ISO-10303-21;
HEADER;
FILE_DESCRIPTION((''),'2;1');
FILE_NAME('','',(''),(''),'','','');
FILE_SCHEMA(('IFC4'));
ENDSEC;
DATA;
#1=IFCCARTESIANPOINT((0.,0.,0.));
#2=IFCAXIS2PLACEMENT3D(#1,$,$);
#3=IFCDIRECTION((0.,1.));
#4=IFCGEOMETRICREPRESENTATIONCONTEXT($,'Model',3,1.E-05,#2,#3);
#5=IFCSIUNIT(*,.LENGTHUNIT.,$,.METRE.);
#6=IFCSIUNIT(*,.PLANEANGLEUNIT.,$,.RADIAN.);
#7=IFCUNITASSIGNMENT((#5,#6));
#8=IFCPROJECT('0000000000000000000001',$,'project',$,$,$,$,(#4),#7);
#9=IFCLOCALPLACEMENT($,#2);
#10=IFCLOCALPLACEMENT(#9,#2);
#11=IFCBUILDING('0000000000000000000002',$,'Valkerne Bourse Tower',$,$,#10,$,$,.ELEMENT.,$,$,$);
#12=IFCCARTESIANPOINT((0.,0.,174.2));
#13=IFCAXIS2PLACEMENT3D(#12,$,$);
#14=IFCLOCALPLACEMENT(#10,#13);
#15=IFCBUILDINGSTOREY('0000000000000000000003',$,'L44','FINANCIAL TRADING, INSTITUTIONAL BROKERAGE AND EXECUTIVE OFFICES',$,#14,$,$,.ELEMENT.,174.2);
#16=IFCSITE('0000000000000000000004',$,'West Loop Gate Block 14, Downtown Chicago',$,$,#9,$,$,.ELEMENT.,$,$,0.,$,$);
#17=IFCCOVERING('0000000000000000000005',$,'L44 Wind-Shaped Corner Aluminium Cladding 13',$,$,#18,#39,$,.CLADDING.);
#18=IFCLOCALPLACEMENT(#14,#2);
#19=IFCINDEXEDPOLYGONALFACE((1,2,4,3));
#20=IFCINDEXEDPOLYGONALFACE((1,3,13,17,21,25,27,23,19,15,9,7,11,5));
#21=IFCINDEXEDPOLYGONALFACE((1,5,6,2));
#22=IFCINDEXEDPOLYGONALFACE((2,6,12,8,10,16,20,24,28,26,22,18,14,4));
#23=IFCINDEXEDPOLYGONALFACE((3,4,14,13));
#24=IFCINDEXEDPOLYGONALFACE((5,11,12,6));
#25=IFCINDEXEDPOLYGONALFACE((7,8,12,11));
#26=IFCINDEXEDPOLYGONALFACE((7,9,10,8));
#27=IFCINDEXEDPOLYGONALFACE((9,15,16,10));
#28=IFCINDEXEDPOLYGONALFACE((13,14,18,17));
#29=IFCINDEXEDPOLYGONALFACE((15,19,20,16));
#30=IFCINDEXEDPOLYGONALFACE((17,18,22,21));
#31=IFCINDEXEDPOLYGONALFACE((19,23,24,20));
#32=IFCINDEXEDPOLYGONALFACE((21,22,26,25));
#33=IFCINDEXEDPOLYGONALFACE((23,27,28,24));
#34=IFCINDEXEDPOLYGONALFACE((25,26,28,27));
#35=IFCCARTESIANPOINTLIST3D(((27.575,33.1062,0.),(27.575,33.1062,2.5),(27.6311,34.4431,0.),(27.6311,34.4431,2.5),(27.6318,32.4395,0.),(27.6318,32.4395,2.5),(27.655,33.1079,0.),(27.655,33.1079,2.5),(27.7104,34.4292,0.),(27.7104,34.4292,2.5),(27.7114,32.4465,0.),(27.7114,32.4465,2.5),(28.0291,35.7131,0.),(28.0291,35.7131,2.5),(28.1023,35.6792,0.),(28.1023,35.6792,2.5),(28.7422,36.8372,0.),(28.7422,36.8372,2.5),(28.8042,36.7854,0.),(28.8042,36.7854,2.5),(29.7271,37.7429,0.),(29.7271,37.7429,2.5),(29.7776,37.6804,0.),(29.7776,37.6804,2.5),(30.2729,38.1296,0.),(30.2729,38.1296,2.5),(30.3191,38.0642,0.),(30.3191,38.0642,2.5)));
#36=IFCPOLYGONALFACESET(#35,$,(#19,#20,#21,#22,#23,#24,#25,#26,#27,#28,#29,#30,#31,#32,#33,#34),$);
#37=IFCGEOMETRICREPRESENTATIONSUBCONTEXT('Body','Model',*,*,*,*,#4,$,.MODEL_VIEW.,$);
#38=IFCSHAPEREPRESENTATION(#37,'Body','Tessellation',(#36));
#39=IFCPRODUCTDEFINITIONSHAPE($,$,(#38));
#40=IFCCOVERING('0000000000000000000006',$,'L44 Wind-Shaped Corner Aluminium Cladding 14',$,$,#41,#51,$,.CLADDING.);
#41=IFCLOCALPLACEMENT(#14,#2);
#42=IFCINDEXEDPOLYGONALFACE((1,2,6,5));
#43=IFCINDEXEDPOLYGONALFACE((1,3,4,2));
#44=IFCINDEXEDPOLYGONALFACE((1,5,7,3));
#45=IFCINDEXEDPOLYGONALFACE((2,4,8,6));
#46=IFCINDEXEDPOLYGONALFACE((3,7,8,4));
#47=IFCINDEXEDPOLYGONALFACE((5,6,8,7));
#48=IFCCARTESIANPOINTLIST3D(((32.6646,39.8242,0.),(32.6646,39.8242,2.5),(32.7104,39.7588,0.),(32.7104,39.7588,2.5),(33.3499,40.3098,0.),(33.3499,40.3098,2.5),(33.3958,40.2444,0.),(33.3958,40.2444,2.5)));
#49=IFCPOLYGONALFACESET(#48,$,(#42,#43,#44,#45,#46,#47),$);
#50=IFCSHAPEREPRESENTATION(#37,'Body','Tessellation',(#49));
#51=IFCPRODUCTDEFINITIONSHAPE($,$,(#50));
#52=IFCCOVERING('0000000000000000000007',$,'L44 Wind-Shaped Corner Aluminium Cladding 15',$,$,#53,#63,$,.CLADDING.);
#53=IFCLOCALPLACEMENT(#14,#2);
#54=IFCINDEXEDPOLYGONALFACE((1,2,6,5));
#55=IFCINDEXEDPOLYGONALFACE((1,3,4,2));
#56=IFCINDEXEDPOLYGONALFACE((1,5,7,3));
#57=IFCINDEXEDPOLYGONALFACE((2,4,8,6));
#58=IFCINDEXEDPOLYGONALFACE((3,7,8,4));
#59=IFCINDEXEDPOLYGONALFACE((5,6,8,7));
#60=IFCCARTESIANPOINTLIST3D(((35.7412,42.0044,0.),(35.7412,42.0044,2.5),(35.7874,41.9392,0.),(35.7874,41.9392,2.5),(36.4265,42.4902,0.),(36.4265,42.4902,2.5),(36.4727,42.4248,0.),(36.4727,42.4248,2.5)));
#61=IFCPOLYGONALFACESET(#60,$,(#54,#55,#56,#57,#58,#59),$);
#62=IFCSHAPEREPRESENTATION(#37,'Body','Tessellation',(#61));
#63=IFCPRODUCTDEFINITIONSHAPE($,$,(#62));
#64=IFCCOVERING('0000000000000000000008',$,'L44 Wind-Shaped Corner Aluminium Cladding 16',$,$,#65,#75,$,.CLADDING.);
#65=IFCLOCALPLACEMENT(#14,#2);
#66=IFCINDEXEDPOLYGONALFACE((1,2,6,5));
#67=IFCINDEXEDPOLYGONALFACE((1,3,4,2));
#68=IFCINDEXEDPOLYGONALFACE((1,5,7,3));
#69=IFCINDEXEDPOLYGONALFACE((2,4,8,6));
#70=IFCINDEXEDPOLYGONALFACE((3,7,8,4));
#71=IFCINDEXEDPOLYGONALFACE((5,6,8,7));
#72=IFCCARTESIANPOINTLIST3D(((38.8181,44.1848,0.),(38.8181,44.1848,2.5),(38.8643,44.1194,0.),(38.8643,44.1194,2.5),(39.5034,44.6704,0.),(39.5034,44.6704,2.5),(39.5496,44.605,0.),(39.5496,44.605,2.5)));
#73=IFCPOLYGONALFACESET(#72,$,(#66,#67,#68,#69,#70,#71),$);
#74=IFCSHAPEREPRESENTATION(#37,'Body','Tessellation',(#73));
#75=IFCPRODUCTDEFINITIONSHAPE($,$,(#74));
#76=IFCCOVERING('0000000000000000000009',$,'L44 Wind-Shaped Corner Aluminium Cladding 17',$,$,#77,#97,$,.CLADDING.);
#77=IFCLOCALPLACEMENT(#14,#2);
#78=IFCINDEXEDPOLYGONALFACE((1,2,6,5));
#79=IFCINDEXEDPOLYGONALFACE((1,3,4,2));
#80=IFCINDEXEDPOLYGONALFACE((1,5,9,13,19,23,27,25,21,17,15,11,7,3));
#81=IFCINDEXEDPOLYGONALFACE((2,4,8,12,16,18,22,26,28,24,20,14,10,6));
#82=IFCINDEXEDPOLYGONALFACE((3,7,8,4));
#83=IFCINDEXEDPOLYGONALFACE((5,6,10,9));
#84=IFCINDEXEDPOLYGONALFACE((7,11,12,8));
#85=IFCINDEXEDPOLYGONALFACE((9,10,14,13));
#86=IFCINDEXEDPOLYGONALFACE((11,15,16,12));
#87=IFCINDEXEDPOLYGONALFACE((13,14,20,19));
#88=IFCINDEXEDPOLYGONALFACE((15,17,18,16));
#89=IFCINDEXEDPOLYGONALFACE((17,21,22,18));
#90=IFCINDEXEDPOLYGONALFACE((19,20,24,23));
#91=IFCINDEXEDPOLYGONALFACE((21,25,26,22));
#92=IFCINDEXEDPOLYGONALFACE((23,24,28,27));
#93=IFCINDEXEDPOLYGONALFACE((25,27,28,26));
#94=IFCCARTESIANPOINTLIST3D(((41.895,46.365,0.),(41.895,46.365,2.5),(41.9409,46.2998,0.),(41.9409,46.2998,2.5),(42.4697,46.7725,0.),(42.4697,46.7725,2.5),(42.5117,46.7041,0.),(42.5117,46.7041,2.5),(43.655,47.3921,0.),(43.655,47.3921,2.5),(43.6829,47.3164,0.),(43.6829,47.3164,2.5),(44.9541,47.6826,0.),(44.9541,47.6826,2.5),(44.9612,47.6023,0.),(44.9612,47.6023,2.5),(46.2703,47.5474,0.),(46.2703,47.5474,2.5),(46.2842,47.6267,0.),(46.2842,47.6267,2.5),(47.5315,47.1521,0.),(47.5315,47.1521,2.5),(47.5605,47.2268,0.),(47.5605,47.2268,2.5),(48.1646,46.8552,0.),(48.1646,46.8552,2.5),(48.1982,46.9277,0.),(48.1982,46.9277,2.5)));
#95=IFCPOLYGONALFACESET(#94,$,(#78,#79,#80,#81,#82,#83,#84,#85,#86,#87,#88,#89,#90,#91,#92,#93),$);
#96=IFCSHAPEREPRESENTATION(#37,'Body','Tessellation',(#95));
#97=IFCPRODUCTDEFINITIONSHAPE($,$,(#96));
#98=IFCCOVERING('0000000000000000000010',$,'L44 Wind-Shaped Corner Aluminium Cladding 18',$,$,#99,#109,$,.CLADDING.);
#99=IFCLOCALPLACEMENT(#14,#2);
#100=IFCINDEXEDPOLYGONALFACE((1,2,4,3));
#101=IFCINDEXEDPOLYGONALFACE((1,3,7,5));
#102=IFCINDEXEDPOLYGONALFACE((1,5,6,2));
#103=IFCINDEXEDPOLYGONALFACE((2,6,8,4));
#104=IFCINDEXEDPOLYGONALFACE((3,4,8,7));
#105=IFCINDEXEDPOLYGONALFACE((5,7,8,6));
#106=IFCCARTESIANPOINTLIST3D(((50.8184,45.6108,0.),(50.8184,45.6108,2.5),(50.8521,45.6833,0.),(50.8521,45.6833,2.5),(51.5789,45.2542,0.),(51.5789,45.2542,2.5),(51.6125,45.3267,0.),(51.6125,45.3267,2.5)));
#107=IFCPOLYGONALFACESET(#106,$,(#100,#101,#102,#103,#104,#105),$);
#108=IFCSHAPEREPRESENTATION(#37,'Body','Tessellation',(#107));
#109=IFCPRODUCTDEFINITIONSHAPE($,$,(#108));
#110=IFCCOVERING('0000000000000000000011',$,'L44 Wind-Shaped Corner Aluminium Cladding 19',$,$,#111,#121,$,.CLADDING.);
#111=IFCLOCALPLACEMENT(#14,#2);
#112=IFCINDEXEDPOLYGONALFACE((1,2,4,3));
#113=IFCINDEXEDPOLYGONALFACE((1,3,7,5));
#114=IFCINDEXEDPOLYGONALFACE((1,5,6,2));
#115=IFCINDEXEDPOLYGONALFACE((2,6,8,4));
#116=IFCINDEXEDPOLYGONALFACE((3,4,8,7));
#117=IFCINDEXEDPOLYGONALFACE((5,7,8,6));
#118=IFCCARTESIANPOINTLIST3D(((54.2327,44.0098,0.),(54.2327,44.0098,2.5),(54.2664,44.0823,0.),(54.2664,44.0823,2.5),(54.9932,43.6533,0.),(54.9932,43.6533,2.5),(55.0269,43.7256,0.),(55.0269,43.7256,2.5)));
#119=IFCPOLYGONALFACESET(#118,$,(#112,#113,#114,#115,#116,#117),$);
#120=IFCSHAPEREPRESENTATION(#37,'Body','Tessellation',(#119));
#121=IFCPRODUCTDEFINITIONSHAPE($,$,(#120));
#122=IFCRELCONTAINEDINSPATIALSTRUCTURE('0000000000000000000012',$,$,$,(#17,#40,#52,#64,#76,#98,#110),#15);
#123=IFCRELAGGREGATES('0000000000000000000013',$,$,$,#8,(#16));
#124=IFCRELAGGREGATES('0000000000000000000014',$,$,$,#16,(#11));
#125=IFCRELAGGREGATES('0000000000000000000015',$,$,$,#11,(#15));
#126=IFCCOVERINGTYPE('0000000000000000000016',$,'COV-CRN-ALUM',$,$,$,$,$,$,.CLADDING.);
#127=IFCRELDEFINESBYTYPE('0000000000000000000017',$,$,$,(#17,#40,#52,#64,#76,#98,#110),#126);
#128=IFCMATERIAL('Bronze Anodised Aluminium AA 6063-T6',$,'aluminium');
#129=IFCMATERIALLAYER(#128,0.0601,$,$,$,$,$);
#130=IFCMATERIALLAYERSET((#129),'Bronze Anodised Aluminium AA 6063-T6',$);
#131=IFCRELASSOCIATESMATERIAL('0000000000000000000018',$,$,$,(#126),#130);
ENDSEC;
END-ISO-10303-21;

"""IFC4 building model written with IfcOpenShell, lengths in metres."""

from ifc_helpers import new_model, si_unit, direction, frame, origin, place, context, subcontext, project, spatial, polyline, outline, extrude, material, layer, layer_set, type_object, element, save


model = new_model("IFC4")

# Units and contexts
model_context = context("Model", 3, precision=1e-05, world=origin(), true_north=direction((0.0, 1.0)))
body_context = subcontext(model_context, "Body", "Model", "MODEL_VIEW")
ifc_project = project(units=[si_unit("LENGTHUNIT", "METRE"), si_unit("PLANEANGLEUNIT", "RADIAN")], contexts=[model_context])

# Site, building, storey
site_placement = place(None, origin())
site = spatial("IfcSite", under=ifc_project, at=site_placement, Name="West Loop Gate Block 14, Downtown Chicago", CompositionType="ELEMENT", RefElevation=0.0)
building_placement = place(site_placement, origin())
building = spatial("IfcBuilding", under=site, at=building_placement, Name="Valkerne Bourse Tower", CompositionType="ELEMENT")
storey_placement = place(building_placement, frame((0.0, 0.0, 174.2)))
storey = spatial("IfcBuildingStorey", under=building, at=storey_placement, Name="L44", Description="FINANCIAL TRADING, INSTITUTIONAL BROKERAGE AND EXECUTIVE OFFICES", CompositionType="ELEMENT", Elevation=174.2)

# Coverings
ifc_material_1 = material(Name="Bronze Anodised Aluminium AA 6063-T6", Category="aluminium")
ifc_layer_1 = layer(ifc_material_1, 0.0601)
ifc_layer_set_1 = layer_set([ifc_layer_1], Name="Bronze Anodised Aluminium AA 6063-T6")
covering_type = type_object("IfcCoveringType", Name="COV-CRN-ALUM", PredefinedType="CLADDING", material=ifc_layer_set_1)
covering_1_placement = place(storey_placement, origin())
element("IfcCovering", 1, at=covering_1_placement, inside=storey, type_object=covering_type, Name="L44 Wind-Shaped Corner Aluminium Cladding 13", PredefinedType="CLADDING", context=body_context, shape_type="SweptSolid", body=[
    extrude(outline(polyline([(27.575, 33.1062), (27.6311, 34.4431), (28.0291, 35.7131), (28.7422, 36.8372), (29.7271, 37.7429), (30.2729, 38.1296), (30.3191, 38.0642), (29.7776, 37.6804), (28.8042, 36.7854), (28.1023, 35.6792), (27.7104, 34.4292), (27.655, 33.1079), (27.7114, 32.4465), (27.6318, 32.4395), (27.575, 33.1062)])), origin(), (0.0, 0.0, 1.0), 2.5),
])
covering_2_placement = place(storey_placement, origin())
element("IfcCovering", 2, at=covering_2_placement, inside=storey, type_object=covering_type, Name="L44 Wind-Shaped Corner Aluminium Cladding 14", PredefinedType="CLADDING", context=body_context, shape_type="SweptSolid", body=[
    extrude(outline(polyline([(33.3499, 40.3098), (33.3958, 40.2444), (32.7104, 39.7588), (32.6646, 39.8242), (33.3499, 40.3098)])), origin(), (0.0, 0.0, 1.0), 2.5),
])
covering_3_placement = place(storey_placement, origin())
element("IfcCovering", 3, at=covering_3_placement, inside=storey, type_object=covering_type, Name="L44 Wind-Shaped Corner Aluminium Cladding 15", PredefinedType="CLADDING", context=body_context, shape_type="SweptSolid", body=[
    extrude(outline(polyline([(36.4265, 42.4902), (36.4727, 42.4248), (35.7874, 41.9392), (35.7412, 42.0044), (36.4265, 42.4902)])), origin(), (0.0, 0.0, 1.0), 2.5),
])
covering_4_placement = place(storey_placement, origin())
element("IfcCovering", 4, at=covering_4_placement, inside=storey, type_object=covering_type, Name="L44 Wind-Shaped Corner Aluminium Cladding 16", PredefinedType="CLADDING", context=body_context, shape_type="SweptSolid", body=[
    extrude(outline(polyline([(39.5034, 44.6704), (39.5496, 44.605), (38.8643, 44.1194), (38.8181, 44.1848), (39.5034, 44.6704)])), origin(), (0.0, 0.0, 1.0), 2.5),
])
covering_5_placement = place(storey_placement, origin())
element("IfcCovering", 5, at=covering_5_placement, inside=storey, type_object=covering_type, Name="L44 Wind-Shaped Corner Aluminium Cladding 17", PredefinedType="CLADDING", context=body_context, shape_type="SweptSolid", body=[
    extrude(outline(polyline([(42.4697, 46.7725), (43.655, 47.3921), (44.9541, 47.6826), (46.2842, 47.6267), (47.5605, 47.2268), (48.1982, 46.9277), (48.1646, 46.8552), (47.5315, 47.1521), (46.2703, 47.5474), (44.9612, 47.6023), (43.6829, 47.3164), (42.5117, 46.7041), (41.9409, 46.2998), (41.895, 46.365), (42.4697, 46.7725)])), origin(), (0.0, 0.0, 1.0), 2.5),
])
covering_6_placement = place(storey_placement, origin())
element("IfcCovering", 6, at=covering_6_placement, inside=storey, type_object=covering_type, Name="L44 Wind-Shaped Corner Aluminium Cladding 18", PredefinedType="CLADDING", context=body_context, shape_type="SweptSolid", body=[
    extrude(outline(polyline([(51.6125, 45.3267), (51.5789, 45.2542), (50.8184, 45.6108), (50.8521, 45.6833), (51.6125, 45.3267)])), origin(), (0.0, 0.0, 1.0), 2.5),
])
covering_7_placement = place(storey_placement, origin())
element("IfcCovering", 7, at=covering_7_placement, inside=storey, type_object=covering_type, Name="L44 Wind-Shaped Corner Aluminium Cladding 19", PredefinedType="CLADDING", context=body_context, shape_type="SweptSolid", body=[
    extrude(outline(polyline([(55.0269, 43.7256), (54.9932, 43.6533), (54.2327, 44.0098), (54.2664, 44.0823), (55.0269, 43.7256)])), origin(), (0.0, 0.0, 1.0), 2.5),
])

save(model, "model.ifc")
